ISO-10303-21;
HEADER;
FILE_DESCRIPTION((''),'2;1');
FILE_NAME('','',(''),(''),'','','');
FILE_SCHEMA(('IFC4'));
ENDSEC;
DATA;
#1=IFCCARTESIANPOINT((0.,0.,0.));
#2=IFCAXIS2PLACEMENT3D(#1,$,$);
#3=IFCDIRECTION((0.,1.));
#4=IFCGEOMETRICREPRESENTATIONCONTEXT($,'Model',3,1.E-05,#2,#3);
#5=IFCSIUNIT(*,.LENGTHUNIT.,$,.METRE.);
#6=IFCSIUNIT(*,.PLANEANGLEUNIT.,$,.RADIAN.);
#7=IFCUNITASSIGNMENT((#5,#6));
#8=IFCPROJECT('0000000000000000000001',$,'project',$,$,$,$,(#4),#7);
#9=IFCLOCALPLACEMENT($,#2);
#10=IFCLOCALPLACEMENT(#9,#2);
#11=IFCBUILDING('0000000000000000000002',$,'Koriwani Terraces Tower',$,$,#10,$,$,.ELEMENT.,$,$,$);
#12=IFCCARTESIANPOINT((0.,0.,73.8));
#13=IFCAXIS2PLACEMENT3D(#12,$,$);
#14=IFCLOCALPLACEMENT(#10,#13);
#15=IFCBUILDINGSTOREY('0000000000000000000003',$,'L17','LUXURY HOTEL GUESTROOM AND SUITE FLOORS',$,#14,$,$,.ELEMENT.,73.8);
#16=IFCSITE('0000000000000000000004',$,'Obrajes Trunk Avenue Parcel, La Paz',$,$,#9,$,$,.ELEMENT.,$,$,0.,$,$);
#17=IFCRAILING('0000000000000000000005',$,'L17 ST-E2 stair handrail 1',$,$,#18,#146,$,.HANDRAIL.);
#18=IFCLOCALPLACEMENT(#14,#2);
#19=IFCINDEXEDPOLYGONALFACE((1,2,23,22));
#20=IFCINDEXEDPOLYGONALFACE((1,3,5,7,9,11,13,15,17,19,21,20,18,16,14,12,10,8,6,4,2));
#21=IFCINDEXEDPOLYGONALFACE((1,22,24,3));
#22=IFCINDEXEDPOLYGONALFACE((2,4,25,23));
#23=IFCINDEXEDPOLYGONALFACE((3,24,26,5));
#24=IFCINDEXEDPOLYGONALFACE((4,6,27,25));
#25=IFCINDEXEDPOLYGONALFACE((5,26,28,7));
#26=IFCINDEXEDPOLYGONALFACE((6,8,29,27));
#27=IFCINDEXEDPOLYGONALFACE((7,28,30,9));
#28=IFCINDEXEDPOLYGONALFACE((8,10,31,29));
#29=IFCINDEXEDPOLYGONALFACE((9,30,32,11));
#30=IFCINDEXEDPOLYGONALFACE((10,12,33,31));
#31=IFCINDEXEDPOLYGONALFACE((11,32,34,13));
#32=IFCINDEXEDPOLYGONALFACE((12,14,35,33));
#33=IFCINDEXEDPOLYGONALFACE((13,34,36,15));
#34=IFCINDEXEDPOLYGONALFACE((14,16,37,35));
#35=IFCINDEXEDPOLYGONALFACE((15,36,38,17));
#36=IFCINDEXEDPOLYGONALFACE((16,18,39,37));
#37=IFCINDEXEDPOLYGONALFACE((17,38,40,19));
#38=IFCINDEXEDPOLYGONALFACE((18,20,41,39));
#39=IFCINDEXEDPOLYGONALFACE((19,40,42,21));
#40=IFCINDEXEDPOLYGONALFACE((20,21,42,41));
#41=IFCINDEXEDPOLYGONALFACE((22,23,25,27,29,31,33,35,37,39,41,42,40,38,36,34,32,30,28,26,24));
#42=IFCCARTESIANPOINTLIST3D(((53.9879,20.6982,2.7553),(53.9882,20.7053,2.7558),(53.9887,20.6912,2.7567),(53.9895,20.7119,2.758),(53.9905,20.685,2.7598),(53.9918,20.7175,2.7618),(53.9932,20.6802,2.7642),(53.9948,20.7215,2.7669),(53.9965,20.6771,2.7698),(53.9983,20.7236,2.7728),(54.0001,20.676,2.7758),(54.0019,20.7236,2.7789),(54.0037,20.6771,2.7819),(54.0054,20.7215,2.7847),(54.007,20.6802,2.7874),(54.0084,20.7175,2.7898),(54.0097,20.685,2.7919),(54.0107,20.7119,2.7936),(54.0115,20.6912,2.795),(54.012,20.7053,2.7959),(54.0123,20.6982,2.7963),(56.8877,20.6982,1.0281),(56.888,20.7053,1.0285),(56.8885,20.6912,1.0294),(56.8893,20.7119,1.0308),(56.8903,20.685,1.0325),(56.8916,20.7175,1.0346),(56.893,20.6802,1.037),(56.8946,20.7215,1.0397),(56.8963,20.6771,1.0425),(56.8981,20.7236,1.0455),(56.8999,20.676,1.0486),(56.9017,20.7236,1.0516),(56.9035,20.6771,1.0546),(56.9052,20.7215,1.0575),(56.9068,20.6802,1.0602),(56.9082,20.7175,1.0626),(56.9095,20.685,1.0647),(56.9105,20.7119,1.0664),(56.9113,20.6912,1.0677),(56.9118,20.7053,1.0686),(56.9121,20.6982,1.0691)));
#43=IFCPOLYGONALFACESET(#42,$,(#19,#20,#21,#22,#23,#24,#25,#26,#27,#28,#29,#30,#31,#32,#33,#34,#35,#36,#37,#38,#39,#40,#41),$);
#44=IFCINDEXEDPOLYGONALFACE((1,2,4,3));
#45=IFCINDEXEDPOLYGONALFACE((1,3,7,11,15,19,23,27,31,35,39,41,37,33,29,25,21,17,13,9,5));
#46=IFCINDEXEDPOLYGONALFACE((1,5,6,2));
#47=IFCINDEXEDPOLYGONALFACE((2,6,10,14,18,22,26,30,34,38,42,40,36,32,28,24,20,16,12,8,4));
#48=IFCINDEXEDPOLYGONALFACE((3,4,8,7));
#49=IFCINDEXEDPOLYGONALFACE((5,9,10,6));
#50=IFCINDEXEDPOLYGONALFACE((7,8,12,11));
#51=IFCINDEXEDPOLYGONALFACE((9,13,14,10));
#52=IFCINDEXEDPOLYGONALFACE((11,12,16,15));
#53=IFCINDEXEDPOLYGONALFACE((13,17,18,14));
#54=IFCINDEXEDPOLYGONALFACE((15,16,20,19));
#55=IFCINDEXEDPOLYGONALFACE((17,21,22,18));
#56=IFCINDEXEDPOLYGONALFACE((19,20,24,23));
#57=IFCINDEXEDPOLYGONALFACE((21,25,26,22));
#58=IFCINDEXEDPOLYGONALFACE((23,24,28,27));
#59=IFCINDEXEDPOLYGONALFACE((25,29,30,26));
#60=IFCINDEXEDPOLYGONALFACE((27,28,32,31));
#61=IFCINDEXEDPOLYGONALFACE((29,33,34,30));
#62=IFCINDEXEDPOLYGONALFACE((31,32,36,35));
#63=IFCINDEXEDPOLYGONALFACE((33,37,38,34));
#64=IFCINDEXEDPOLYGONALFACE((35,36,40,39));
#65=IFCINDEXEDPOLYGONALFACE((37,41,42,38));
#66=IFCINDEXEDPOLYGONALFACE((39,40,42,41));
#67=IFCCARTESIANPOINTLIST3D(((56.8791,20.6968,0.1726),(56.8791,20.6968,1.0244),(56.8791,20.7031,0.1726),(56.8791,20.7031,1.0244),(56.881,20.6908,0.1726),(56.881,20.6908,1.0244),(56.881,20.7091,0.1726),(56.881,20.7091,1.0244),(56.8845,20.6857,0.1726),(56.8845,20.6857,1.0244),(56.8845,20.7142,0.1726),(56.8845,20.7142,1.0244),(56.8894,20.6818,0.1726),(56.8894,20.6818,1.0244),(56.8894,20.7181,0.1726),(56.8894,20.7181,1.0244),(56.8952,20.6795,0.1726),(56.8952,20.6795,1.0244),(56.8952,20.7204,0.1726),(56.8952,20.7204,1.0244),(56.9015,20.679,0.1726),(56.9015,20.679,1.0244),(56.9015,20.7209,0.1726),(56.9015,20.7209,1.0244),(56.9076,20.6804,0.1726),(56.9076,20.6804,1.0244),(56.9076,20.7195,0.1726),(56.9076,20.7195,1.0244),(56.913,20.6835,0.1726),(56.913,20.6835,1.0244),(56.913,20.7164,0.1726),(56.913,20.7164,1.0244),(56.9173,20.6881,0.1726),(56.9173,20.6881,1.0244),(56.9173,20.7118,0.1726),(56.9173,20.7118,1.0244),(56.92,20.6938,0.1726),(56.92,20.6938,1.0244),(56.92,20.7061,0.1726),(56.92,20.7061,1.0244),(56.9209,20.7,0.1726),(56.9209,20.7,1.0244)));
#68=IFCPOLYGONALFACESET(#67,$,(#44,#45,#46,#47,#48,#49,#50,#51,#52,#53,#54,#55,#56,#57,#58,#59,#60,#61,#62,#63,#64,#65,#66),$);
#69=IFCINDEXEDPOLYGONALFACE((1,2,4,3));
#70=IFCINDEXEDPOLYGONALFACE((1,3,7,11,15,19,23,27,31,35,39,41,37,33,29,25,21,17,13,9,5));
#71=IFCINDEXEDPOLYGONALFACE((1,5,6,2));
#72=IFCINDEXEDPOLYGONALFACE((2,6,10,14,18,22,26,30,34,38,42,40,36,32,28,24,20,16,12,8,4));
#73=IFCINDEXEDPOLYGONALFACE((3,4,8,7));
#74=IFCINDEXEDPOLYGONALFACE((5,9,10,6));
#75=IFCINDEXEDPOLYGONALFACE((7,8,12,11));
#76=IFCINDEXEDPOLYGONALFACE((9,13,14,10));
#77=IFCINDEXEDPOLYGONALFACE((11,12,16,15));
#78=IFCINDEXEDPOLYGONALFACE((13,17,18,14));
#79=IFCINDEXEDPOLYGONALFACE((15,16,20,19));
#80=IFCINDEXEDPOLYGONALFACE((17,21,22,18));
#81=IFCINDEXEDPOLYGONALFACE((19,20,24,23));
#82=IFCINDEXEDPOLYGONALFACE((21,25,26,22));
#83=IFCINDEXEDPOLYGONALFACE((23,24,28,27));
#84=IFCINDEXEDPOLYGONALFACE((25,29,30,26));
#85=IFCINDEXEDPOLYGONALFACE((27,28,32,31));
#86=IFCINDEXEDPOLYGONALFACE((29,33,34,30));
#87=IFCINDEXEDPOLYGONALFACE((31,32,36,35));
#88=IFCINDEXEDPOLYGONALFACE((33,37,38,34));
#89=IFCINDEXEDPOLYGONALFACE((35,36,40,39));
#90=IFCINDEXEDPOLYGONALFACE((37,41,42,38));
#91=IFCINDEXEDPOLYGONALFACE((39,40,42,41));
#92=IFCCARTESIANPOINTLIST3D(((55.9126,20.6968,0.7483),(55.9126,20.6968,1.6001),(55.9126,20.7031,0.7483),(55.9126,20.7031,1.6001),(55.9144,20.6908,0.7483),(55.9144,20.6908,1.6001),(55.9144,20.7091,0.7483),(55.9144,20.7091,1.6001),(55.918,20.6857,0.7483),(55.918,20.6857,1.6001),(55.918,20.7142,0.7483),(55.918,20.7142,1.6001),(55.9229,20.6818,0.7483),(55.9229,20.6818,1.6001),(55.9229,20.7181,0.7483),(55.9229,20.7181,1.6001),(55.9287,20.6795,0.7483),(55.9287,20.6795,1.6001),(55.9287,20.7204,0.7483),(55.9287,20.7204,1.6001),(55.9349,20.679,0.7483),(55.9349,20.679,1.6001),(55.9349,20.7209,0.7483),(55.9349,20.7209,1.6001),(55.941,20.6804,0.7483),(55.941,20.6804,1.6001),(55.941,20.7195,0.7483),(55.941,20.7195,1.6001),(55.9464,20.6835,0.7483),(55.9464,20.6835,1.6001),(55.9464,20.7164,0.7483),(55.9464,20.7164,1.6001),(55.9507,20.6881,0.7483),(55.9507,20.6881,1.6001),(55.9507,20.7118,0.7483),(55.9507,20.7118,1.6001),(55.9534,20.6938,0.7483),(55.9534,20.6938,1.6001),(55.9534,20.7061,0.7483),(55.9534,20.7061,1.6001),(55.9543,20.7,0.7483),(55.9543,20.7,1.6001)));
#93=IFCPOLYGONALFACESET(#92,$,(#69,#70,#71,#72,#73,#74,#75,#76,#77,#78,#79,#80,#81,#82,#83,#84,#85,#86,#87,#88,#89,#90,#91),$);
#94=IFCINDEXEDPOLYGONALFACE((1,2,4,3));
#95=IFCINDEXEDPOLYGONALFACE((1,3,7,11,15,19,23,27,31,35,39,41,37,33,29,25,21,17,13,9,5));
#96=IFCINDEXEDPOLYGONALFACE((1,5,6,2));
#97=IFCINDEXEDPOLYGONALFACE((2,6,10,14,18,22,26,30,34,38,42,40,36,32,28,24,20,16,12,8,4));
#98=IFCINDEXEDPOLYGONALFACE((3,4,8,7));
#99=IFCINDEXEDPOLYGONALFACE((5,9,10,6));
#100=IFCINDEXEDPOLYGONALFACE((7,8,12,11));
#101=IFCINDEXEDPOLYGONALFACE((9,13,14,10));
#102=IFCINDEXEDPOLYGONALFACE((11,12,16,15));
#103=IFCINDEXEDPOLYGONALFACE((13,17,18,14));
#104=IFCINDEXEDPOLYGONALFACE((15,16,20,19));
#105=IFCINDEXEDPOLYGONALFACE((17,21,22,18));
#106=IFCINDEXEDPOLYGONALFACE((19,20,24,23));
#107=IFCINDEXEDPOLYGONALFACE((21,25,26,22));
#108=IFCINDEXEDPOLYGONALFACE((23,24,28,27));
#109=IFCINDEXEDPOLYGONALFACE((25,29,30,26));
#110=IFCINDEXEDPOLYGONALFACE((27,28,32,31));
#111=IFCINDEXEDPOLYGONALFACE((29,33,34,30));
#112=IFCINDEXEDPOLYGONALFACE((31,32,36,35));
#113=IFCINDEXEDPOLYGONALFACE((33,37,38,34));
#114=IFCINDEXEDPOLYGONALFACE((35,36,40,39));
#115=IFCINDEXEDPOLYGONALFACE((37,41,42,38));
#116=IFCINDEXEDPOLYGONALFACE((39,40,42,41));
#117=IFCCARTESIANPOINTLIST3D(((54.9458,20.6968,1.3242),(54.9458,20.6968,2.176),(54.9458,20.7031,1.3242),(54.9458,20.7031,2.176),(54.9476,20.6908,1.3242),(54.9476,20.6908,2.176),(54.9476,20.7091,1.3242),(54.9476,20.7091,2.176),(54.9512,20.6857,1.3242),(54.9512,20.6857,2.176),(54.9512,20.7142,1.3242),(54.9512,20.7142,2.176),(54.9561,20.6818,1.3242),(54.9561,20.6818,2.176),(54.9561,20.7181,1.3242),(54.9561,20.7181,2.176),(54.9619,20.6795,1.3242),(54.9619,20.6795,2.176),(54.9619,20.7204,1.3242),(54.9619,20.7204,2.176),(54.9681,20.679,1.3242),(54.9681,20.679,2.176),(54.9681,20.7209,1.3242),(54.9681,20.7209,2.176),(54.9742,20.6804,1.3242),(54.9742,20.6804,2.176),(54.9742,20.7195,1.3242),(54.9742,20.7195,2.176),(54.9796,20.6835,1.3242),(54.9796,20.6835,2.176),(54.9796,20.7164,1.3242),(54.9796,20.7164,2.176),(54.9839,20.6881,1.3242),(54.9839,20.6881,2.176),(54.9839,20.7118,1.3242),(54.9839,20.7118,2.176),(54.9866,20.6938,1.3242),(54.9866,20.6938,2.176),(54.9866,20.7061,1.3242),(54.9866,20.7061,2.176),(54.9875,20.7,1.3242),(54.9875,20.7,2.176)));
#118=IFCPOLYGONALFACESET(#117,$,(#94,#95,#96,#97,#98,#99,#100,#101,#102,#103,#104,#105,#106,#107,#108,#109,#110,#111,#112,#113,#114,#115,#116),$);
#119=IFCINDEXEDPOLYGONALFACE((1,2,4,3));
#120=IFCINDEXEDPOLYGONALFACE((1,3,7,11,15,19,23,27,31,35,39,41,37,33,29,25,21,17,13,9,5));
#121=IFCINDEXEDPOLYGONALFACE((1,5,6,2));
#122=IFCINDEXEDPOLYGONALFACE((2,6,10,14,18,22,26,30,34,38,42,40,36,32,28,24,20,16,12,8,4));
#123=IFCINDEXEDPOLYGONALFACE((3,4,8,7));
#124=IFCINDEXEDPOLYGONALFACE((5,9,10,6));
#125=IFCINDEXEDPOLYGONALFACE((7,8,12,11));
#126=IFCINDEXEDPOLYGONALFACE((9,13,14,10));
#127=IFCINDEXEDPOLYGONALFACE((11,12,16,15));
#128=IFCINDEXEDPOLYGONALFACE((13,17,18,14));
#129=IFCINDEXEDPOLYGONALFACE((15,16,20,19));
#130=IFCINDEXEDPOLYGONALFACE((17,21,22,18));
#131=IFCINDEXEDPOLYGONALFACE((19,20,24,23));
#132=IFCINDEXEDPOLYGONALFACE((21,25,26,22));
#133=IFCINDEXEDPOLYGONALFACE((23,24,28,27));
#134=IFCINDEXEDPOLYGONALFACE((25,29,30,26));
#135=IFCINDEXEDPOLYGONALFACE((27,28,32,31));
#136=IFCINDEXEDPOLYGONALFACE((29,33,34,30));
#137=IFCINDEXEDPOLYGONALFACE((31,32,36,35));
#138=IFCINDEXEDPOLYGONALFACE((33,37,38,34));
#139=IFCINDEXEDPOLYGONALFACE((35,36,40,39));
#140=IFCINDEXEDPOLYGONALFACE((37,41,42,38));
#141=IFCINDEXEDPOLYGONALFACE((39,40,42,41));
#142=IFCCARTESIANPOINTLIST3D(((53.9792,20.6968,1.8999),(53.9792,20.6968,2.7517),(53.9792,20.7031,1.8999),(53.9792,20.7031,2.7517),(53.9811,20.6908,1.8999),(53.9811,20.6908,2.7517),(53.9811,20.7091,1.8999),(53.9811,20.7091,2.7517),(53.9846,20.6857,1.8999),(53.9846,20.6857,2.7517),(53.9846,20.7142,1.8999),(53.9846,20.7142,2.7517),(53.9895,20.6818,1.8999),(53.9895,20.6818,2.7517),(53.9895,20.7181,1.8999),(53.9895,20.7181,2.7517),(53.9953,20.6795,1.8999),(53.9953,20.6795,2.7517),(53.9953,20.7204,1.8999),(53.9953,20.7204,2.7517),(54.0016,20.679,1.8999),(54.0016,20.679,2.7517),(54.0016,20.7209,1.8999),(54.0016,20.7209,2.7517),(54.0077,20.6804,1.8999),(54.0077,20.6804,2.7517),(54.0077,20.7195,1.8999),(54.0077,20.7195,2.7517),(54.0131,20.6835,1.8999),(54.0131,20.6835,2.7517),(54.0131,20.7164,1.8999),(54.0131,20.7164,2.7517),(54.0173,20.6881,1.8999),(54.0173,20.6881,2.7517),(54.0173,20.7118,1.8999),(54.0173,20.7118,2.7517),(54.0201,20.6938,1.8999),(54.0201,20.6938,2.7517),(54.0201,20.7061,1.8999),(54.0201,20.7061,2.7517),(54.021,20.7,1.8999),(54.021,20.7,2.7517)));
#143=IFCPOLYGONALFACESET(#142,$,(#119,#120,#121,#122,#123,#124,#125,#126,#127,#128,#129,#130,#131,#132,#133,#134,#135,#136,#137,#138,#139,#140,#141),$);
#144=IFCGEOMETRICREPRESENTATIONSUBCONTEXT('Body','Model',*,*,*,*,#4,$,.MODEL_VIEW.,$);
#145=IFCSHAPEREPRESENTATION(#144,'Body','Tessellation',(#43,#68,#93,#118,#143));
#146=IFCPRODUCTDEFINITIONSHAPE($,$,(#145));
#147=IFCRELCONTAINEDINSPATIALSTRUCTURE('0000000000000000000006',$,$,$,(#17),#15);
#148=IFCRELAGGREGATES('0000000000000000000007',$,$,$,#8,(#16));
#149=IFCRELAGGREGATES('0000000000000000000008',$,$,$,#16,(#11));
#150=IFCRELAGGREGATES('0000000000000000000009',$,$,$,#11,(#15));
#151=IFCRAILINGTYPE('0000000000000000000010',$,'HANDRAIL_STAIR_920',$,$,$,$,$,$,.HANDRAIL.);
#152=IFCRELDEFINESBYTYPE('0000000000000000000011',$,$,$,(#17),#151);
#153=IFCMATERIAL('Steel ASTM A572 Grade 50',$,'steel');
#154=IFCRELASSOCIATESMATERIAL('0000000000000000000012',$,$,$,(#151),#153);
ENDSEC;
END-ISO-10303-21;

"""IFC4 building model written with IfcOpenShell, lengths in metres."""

from ifc_helpers import new_model, si_unit, direction, frame, origin, origin_2d, place, context, subcontext, project, spatial, circle, extrude, material, type_object, element, save


model = new_model("IFC4")

# Units and contexts
model_context = context("Model", 3, precision=1e-05, world=origin(), true_north=direction((0.0, 1.0)))
body_context = subcontext(model_context, "Body", "Model", "MODEL_VIEW")
ifc_project = project(units=[si_unit("LENGTHUNIT", "METRE"), si_unit("PLANEANGLEUNIT", "RADIAN")], contexts=[model_context])

# Site, building, storey
site_placement = place(None, origin())
site = spatial("IfcSite", under=ifc_project, at=site_placement, Name="Obrajes Trunk Avenue Parcel, La Paz", CompositionType="ELEMENT", RefElevation=0.0)
building_placement = place(site_placement, origin())
building = spatial("IfcBuilding", under=site, at=building_placement, Name="Koriwani Terraces Tower", CompositionType="ELEMENT")
storey_placement = place(building_placement, frame((0.0, 0.0, 73.8)))
storey = spatial("IfcBuildingStorey", under=building, at=storey_placement, Name="L17", Description="LUXURY HOTEL GUESTROOM AND SUITE FLOORS", CompositionType="ELEMENT", Elevation=73.8)

# Shared definitions
ifc_material_1 = material(Name="Steel ASTM A572 Grade 50", Category="steel")

# Railing
railing_type_1 = type_object("IfcRailingType", Name="HANDRAIL_STAIR_920", PredefinedType="HANDRAIL", material=ifc_material_1)
railing_1_placement = place(storey_placement, frame((56.8999, 20.7, 0.1726)))
element("IfcRailing", 1, at=railing_1_placement, inside=storey, type_object=railing_type_1, Name="L17 ST-E2 stair handrail 1", PredefinedType="HANDRAIL", context=body_context, shape_type="SweptSolid", body=[
    extrude(circle(Radius=0.0239, at=origin_2d()), frame((0.0, 0.0, 0.876), z_axis=(-0.859141, 0.0, 0.511738), x_axis=(0.0, -1.0, 0.0)), (0.0, 0.0, 1.0), 3.3752),
    extrude(circle(Radius=0.021, at=origin_2d()), origin(), (0.0, 0.0, 1.0), 0.8518),
    extrude(circle(Radius=0.021, at=origin_2d()), frame((-0.9666, 0.0, 0.5757)), (0.0, 0.0, 1.0), 0.8518),
    extrude(circle(Radius=0.021, at=origin_2d()), frame((-1.9333, 0.0, 1.1516)), (0.0, 0.0, 1.0), 0.8518),
    extrude(circle(Radius=0.021, at=origin_2d()), frame((-2.8999, 0.0, 1.7273)), (0.0, 0.0, 1.0), 0.8518),
])

save(model, "model.ifc")
